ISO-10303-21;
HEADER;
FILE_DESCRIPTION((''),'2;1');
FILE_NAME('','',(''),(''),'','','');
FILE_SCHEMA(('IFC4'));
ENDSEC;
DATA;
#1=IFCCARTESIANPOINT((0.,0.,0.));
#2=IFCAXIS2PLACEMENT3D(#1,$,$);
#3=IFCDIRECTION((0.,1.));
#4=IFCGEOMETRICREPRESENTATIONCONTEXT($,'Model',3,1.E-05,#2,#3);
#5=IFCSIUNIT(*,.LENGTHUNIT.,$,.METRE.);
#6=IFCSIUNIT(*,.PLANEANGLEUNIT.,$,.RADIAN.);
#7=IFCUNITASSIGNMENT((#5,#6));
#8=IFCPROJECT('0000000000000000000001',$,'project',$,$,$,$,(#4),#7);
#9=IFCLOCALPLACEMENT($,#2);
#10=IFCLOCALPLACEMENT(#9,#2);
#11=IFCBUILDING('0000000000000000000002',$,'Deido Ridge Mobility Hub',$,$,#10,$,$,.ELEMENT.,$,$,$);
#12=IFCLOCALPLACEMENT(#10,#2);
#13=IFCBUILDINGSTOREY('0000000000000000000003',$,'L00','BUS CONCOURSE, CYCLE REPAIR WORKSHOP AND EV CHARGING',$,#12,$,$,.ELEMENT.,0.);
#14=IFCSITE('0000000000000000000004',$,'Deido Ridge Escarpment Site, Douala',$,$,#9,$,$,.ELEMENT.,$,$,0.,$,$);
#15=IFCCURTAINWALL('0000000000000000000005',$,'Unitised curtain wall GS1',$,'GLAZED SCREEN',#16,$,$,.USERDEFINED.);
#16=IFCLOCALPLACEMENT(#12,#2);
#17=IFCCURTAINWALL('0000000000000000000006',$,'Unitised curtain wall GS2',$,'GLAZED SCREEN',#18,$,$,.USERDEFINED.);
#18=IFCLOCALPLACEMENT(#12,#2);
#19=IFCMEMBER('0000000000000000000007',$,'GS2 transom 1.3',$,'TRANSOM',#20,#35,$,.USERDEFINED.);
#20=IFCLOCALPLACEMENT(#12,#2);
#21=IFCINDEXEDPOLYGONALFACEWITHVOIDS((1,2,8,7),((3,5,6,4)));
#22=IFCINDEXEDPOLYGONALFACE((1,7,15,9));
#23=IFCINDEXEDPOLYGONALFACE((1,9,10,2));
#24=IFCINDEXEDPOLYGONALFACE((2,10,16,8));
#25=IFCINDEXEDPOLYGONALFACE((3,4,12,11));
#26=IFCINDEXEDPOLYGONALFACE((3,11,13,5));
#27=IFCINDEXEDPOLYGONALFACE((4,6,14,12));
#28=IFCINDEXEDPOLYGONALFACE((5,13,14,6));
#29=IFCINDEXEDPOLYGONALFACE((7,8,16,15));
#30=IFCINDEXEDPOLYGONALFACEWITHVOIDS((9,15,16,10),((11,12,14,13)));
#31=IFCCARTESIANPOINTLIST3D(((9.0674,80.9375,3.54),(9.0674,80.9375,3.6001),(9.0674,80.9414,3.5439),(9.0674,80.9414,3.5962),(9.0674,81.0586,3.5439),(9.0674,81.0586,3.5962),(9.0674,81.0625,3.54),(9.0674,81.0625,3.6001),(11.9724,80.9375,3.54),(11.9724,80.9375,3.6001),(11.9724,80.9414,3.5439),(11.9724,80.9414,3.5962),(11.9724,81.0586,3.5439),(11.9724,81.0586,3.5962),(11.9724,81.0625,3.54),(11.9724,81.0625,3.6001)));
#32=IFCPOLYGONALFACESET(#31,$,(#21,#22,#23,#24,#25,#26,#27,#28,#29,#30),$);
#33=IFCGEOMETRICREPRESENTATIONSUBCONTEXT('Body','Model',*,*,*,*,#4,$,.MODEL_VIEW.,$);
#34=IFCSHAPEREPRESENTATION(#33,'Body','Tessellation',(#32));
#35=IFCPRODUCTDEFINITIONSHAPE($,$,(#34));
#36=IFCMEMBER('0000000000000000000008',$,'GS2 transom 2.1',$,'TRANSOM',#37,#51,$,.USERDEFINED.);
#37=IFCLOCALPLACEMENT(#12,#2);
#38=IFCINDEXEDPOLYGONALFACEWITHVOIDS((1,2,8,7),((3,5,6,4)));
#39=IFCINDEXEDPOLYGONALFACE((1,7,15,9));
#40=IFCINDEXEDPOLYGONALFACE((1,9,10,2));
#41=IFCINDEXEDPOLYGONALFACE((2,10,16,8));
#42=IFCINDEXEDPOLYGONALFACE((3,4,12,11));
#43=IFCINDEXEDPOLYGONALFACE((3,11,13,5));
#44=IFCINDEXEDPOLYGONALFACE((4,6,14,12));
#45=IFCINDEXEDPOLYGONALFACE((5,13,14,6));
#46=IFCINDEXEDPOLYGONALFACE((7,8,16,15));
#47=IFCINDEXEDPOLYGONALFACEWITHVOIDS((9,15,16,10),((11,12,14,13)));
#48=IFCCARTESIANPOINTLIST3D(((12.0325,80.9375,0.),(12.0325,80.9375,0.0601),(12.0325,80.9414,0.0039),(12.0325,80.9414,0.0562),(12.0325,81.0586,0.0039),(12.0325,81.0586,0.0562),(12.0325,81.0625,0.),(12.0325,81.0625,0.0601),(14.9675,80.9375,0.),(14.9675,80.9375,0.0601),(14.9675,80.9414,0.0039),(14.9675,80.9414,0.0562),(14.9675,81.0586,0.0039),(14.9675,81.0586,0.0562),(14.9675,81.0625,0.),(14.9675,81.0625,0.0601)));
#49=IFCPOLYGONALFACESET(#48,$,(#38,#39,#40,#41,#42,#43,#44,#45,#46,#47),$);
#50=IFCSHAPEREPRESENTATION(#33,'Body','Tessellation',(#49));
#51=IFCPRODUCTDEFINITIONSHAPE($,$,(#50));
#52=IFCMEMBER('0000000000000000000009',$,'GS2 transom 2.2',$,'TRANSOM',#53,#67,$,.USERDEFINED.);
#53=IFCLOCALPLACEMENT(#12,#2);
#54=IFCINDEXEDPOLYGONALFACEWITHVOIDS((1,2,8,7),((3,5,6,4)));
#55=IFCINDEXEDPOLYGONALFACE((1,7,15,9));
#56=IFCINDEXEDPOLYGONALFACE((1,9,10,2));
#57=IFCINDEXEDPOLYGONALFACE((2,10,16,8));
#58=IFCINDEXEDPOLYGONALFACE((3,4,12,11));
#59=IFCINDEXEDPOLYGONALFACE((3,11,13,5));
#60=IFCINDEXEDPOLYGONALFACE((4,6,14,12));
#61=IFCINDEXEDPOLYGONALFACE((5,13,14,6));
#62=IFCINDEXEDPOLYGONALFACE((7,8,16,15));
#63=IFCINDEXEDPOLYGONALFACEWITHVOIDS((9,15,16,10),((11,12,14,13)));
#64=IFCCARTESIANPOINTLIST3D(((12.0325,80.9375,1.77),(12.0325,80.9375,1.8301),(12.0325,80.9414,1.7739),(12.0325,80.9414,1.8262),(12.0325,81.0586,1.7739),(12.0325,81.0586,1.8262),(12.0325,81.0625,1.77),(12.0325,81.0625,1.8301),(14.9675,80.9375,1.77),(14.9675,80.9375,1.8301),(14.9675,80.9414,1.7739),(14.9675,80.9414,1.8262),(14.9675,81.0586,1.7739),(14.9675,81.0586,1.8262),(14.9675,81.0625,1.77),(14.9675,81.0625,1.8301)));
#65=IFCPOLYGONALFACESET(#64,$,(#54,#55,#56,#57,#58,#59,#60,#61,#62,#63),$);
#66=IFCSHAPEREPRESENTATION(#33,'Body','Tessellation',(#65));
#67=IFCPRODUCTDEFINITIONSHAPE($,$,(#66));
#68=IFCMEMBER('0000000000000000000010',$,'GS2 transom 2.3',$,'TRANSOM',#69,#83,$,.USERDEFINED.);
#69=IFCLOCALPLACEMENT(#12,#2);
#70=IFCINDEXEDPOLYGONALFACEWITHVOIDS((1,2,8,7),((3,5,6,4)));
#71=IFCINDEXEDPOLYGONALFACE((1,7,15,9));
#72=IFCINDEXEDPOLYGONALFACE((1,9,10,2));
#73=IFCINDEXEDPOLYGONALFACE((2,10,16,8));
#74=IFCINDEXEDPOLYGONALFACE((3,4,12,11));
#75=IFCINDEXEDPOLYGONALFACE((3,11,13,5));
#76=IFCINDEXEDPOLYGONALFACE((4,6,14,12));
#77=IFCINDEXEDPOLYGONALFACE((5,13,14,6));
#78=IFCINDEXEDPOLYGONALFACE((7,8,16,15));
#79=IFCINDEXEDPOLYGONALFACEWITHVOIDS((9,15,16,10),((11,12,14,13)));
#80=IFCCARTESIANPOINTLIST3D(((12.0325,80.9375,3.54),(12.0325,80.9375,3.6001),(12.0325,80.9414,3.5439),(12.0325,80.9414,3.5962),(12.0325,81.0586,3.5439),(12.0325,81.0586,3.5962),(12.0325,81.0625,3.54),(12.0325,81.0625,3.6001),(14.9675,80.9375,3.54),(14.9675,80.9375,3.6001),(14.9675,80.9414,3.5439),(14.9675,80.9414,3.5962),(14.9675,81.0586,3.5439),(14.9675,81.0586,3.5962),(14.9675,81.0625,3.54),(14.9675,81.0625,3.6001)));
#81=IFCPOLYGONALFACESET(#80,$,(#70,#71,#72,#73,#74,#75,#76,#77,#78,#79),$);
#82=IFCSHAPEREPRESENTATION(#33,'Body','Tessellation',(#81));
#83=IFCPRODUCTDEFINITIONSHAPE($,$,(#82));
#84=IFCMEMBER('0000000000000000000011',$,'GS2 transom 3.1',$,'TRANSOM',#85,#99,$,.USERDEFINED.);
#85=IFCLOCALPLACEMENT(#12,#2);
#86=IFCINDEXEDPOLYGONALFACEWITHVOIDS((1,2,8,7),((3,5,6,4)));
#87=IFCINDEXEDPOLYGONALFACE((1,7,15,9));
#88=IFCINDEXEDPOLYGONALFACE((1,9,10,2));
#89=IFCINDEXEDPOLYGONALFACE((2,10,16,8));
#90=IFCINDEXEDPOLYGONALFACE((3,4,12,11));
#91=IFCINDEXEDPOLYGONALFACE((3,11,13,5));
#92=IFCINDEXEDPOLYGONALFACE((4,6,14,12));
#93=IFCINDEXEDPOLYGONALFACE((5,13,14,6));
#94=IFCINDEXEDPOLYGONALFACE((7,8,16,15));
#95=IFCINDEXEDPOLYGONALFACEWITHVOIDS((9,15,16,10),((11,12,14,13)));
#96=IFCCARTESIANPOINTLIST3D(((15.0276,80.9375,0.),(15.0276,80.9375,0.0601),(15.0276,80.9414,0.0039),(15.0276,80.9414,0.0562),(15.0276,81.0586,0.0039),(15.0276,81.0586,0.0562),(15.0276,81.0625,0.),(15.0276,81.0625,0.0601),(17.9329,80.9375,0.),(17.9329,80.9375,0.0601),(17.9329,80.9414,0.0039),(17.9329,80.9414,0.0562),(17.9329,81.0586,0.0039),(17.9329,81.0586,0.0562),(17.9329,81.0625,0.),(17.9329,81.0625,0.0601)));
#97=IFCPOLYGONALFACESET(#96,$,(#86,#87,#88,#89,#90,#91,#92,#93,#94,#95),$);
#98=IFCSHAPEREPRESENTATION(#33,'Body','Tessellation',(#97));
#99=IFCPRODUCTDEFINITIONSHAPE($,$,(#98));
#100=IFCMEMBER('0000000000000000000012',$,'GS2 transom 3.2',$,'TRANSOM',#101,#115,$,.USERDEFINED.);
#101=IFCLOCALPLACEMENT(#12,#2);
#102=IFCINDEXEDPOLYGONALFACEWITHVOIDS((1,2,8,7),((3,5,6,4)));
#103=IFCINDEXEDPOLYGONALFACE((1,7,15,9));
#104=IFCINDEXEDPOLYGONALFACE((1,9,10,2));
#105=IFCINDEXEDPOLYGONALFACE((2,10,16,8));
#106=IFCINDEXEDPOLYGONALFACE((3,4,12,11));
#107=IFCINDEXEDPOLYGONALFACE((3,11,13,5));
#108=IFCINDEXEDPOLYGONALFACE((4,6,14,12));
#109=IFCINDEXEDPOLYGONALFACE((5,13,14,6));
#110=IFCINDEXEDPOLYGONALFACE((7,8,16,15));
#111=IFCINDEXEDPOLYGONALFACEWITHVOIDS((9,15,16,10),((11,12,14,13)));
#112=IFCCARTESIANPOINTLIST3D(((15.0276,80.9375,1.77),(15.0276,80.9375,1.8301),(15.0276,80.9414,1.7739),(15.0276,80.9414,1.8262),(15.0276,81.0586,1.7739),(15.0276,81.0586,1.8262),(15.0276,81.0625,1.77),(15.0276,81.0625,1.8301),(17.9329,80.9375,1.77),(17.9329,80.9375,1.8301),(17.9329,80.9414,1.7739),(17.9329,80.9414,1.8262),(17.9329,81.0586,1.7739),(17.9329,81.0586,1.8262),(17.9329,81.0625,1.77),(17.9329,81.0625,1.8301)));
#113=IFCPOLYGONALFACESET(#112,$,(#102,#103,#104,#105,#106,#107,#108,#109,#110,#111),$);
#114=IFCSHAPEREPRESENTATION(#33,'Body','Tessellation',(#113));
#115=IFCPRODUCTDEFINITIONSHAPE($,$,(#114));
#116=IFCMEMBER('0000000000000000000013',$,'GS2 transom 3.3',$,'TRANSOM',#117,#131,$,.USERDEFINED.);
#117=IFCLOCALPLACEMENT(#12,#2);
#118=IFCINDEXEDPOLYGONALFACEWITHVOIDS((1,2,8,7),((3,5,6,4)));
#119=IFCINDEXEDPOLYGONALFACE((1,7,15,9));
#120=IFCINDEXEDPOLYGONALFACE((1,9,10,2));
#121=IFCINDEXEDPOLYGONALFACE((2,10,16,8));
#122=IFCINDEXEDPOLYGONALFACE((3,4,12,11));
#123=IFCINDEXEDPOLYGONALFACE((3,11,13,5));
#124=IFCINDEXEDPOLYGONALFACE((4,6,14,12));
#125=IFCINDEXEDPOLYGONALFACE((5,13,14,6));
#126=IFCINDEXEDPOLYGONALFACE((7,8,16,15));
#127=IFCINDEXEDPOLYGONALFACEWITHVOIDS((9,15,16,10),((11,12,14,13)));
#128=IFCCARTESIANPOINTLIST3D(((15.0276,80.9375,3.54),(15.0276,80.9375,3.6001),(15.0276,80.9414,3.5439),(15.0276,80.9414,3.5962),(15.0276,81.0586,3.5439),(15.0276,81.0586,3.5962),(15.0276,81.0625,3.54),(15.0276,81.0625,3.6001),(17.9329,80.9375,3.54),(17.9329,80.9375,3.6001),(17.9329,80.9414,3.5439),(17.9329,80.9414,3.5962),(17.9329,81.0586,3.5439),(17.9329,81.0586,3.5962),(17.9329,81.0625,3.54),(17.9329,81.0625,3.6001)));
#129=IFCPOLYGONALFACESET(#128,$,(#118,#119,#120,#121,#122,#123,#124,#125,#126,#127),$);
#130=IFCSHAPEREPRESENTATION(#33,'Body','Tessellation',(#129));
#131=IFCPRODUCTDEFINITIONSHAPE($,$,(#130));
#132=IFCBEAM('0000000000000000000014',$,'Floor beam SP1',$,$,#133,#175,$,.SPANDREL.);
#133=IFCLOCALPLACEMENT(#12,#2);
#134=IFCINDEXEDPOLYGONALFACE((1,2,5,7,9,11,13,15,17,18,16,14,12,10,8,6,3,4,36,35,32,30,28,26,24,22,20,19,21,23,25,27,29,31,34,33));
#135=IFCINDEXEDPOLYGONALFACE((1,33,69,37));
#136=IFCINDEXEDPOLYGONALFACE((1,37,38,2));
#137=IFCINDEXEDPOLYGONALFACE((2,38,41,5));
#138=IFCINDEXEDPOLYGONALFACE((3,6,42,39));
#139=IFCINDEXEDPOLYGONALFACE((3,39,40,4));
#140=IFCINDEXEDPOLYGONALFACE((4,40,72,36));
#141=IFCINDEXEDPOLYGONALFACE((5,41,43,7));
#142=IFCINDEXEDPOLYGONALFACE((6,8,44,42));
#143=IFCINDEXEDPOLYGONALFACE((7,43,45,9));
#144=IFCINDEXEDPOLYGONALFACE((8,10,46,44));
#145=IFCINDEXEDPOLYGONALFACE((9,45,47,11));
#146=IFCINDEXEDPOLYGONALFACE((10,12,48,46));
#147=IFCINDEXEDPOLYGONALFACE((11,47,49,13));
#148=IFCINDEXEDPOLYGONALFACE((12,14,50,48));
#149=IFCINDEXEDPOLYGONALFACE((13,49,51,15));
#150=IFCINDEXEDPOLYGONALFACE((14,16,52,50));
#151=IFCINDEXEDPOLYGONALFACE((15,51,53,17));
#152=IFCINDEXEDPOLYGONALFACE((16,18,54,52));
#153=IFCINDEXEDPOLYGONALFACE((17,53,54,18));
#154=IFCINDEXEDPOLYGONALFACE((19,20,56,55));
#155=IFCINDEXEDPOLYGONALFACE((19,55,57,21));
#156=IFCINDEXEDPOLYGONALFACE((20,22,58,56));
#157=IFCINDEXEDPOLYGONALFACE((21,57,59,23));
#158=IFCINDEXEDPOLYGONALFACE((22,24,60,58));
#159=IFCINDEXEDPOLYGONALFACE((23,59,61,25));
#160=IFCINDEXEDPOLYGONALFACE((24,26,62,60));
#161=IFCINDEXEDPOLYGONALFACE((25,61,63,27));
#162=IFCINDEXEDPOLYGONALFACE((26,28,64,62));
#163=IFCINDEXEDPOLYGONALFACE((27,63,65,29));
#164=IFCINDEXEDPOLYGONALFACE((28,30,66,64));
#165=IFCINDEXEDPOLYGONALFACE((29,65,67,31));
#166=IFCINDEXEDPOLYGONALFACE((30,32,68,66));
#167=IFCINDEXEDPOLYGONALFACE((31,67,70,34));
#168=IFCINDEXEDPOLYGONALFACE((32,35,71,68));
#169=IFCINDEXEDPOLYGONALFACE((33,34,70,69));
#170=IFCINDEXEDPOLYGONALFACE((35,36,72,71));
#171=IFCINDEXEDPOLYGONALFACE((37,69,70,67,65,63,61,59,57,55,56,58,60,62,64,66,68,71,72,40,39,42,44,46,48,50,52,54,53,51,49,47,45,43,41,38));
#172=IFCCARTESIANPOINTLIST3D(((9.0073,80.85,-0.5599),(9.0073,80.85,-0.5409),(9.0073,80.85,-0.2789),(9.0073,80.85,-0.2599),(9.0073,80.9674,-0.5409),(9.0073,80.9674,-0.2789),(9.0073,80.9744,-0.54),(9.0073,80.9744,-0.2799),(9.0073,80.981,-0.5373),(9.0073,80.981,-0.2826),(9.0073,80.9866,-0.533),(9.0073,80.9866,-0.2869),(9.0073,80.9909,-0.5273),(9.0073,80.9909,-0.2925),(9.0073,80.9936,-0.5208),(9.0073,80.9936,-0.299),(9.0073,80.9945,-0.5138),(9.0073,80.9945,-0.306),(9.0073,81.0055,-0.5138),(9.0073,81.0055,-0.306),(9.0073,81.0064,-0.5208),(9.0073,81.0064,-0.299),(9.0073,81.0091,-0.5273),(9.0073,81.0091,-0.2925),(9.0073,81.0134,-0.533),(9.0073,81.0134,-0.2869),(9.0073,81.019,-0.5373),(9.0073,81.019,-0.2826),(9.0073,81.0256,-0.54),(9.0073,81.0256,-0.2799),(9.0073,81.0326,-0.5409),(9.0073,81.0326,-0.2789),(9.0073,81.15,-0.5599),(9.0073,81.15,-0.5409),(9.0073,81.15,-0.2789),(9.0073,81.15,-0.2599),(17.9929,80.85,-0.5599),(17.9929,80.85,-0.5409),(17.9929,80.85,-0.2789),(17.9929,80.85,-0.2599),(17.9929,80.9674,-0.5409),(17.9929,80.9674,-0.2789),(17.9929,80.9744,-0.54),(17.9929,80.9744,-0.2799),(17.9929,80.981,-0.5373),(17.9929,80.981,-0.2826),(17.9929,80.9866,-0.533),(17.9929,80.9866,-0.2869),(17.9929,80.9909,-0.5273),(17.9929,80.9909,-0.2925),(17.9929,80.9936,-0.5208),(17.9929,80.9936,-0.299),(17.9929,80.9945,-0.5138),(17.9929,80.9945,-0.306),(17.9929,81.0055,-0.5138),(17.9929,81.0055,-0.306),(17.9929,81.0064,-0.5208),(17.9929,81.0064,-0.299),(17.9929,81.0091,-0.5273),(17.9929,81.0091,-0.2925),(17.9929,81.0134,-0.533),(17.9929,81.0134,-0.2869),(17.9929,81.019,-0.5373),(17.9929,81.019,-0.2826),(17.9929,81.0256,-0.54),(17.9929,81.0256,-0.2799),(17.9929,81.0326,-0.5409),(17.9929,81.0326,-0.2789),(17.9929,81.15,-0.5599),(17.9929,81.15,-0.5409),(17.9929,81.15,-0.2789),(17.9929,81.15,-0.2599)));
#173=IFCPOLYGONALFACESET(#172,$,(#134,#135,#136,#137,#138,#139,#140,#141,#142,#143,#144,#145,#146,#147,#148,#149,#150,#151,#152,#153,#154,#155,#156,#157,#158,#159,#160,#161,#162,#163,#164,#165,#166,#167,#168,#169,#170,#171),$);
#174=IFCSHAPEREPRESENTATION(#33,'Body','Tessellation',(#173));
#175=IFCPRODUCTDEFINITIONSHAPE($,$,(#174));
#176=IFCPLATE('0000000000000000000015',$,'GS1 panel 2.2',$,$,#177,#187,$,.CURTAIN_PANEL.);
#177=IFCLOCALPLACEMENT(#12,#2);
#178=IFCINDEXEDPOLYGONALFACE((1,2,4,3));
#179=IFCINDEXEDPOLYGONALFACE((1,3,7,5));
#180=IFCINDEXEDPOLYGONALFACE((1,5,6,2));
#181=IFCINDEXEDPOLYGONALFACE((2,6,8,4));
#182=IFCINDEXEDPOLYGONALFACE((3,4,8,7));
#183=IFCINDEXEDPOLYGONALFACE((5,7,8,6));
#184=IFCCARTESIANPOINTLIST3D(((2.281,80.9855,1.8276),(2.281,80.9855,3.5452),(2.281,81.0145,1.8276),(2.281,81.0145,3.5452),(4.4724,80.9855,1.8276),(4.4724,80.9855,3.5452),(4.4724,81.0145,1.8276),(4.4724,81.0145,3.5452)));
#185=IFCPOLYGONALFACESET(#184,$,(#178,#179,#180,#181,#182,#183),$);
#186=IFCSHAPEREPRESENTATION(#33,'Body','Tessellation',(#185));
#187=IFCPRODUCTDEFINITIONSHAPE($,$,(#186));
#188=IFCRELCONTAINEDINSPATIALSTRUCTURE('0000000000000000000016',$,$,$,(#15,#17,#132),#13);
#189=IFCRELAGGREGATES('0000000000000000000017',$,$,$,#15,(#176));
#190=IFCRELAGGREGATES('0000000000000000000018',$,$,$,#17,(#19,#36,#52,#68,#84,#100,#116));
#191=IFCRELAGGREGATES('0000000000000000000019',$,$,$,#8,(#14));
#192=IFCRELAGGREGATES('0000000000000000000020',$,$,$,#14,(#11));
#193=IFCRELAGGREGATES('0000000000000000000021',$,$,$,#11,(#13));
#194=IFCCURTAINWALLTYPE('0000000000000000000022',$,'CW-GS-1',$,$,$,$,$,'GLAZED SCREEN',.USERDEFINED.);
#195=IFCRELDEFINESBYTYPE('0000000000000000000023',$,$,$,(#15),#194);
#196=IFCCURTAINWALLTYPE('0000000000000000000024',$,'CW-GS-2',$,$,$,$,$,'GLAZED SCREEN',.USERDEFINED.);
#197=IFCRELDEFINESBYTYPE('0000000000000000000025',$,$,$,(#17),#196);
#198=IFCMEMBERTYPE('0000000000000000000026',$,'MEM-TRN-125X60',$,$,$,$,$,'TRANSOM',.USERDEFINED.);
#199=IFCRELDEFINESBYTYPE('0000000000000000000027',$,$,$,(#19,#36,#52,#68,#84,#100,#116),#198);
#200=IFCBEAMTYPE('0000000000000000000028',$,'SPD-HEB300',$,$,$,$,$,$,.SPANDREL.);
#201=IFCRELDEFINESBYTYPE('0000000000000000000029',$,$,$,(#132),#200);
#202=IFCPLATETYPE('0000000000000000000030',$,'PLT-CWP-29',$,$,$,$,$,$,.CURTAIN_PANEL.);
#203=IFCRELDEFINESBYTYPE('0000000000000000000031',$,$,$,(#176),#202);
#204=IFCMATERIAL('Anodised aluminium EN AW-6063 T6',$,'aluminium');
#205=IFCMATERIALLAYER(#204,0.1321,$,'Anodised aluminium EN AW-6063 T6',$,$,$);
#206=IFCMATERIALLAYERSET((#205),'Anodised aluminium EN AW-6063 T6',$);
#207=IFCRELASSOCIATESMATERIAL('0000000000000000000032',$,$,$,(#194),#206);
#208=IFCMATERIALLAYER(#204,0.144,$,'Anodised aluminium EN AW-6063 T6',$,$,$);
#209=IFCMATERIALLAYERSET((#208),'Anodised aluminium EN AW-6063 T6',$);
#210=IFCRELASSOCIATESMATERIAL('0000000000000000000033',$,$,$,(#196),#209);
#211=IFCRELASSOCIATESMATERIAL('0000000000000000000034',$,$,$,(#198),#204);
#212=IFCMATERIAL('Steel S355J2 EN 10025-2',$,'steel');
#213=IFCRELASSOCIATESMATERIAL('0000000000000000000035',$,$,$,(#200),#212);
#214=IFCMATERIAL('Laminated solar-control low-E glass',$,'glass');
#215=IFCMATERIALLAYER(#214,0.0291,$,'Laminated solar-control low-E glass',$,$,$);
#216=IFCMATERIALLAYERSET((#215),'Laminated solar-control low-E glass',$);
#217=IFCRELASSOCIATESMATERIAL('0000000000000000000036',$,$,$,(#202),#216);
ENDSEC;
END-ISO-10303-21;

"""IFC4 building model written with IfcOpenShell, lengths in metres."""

from ifc_helpers import new_model, si_unit, direction, frame, origin, origin_2d, place, context, subcontext, project, spatial, rectangle, hollow_rectangle, i_section, extrude, material, layer, layer_set, material_profile, profile_set, type_object, element, aggregate, save


model = new_model("IFC4")

# Units and contexts
model_context = context("Model", 3, precision=1e-05, world=origin(), true_north=direction((0.0, 1.0)))
body_context = subcontext(model_context, "Body", "Model", "MODEL_VIEW")
ifc_project = project(units=[si_unit("LENGTHUNIT", "METRE"), si_unit("PLANEANGLEUNIT", "RADIAN")], contexts=[model_context])

# Site, building, storey
site_placement = place(None, origin())
site = spatial("IfcSite", under=ifc_project, at=site_placement, Name="Deido Ridge Escarpment Site, Douala", CompositionType="ELEMENT", RefElevation=0.0)
building_placement = place(site_placement, origin())
building = spatial("IfcBuilding", under=site, at=building_placement, Name="Deido Ridge Mobility Hub", CompositionType="ELEMENT")
storey_placement = place(building_placement, origin())
storey = spatial("IfcBuildingStorey", under=building, at=storey_placement, Name="L00", Description="BUS CONCOURSE, CYCLE REPAIR WORKSHOP AND EV CHARGING", CompositionType="ELEMENT", Elevation=0.0)

# Shared definitions
ifc_material_1 = material(Name="Steel S355J2 EN 10025-2", Category="steel")

# Curtain walls
ifc_material_2 = material(Name="Anodised aluminium EN AW-6063 T6", Category="aluminium")
ifc_layer_1 = layer(ifc_material_2, 0.1321, Name="Anodised aluminium EN AW-6063 T6")
ifc_layer_set_1 = layer_set([ifc_layer_1], Name="Anodised aluminium EN AW-6063 T6")
curtain_wall_type_1 = type_object("IfcCurtainWallType", Name="CW-GS-1", ElementType="GLAZED SCREEN", PredefinedType="USERDEFINED", material=ifc_layer_set_1)
curtain_wall_1_placement = place(storey_placement, origin())
curtain_wall_1 = element("IfcCurtainWall", 1, at=curtain_wall_1_placement, inside=storey, type_object=curtain_wall_type_1, Name="Unitised curtain wall GS1", ObjectType="GLAZED SCREEN", PredefinedType="USERDEFINED")
ifc_layer_2 = layer(ifc_material_2, 0.144, Name="Anodised aluminium EN AW-6063 T6")
ifc_layer_set_2 = layer_set([ifc_layer_2], Name="Anodised aluminium EN AW-6063 T6")
curtain_wall_type_2 = type_object("IfcCurtainWallType", Name="CW-GS-2", ElementType="GLAZED SCREEN", PredefinedType="USERDEFINED", material=ifc_layer_set_2)
curtain_wall_2_placement = place(storey_placement, origin())
curtain_wall_2 = element("IfcCurtainWall", 2, at=curtain_wall_2_placement, inside=storey, type_object=curtain_wall_type_2, Name="Unitised curtain wall GS2", ObjectType="GLAZED SCREEN", PredefinedType="USERDEFINED")

# Members
ifc_material_profile_1 = material_profile(ifc_material_2, hollow_rectangle(XDim=0.125, YDim=0.0601, WallThickness=0.0039, at=origin_2d()), Name="RHS 125x60x4")
ifc_profile_set_1 = profile_set([ifc_material_profile_1], Name="Anodised aluminium EN AW-6063 T6")
member_type_1 = type_object("IfcMemberType", Name="MEM-TRN-125X60", ElementType="TRANSOM", PredefinedType="USERDEFINED", material=ifc_profile_set_1)
member_1_placement = place(storey_placement, frame((9.0674, 81.0, 3.5701), z_axis=(1.0, 0.0, 0.0), x_axis=(0.0, 1.0, 0.0)))
member_1 = element("IfcMember", 3, at=member_1_placement, type_object=member_type_1, Name="GS2 transom 1.3", ObjectType="TRANSOM", PredefinedType="USERDEFINED", context=body_context, shape_type="SweptSolid", body=[
    extrude(hollow_rectangle(XDim=0.125, YDim=0.0601, WallThickness=0.0039, at=origin_2d()), origin(), (0.0, 0.0, 1.0), 2.905),
])
member_2_placement = place(storey_placement, frame((12.0325, 81.0, 0.03), z_axis=(1.0, 0.0, 0.0), x_axis=(0.0, 1.0, 0.0)))
member_2 = element("IfcMember", 4, at=member_2_placement, type_object=member_type_1, Name="GS2 transom 2.1", ObjectType="TRANSOM", PredefinedType="USERDEFINED", context=body_context, shape_type="SweptSolid", body=[
    extrude(hollow_rectangle(XDim=0.125, YDim=0.0601, WallThickness=0.0039, at=origin_2d()), origin(), (0.0, 0.0, 1.0), 2.9351),
])
member_3_placement = place(storey_placement, frame((12.0325, 81.0, 1.8), z_axis=(1.0, 0.0, 0.0), x_axis=(0.0, 1.0, 0.0)))
member_3 = element("IfcMember", 5, at=member_3_placement, type_object=member_type_1, Name="GS2 transom 2.2", ObjectType="TRANSOM", PredefinedType="USERDEFINED", context=body_context, shape_type="SweptSolid", body=[
    extrude(hollow_rectangle(XDim=0.125, YDim=0.0601, WallThickness=0.0039, at=origin_2d()), origin(), (0.0, 0.0, 1.0), 2.9351),
])
member_4_placement = place(storey_placement, frame((12.0325, 81.0, 3.5701), z_axis=(1.0, 0.0, 0.0), x_axis=(0.0, 1.0, 0.0)))
member_4 = element("IfcMember", 6, at=member_4_placement, type_object=member_type_1, Name="GS2 transom 2.3", ObjectType="TRANSOM", PredefinedType="USERDEFINED", context=body_context, shape_type="SweptSolid", body=[
    extrude(hollow_rectangle(XDim=0.125, YDim=0.0601, WallThickness=0.0039, at=origin_2d()), origin(), (0.0, 0.0, 1.0), 2.9351),
])
member_5_placement = place(storey_placement, frame((15.0276, 81.0, 0.03), z_axis=(1.0, 0.0, 0.0), x_axis=(0.0, 1.0, 0.0)))
member_5 = element("IfcMember", 7, at=member_5_placement, type_object=member_type_1, Name="GS2 transom 3.1", ObjectType="TRANSOM", PredefinedType="USERDEFINED", context=body_context, shape_type="SweptSolid", body=[
    extrude(hollow_rectangle(XDim=0.125, YDim=0.0601, WallThickness=0.0039, at=origin_2d()), origin(), (0.0, 0.0, 1.0), 2.9053),
])
member_6_placement = place(storey_placement, frame((15.0276, 81.0, 1.8), z_axis=(1.0, 0.0, 0.0), x_axis=(0.0, 1.0, 0.0)))
member_6 = element("IfcMember", 8, at=member_6_placement, type_object=member_type_1, Name="GS2 transom 3.2", ObjectType="TRANSOM", PredefinedType="USERDEFINED", context=body_context, shape_type="SweptSolid", body=[
    extrude(hollow_rectangle(XDim=0.125, YDim=0.0601, WallThickness=0.0039, at=origin_2d()), origin(), (0.0, 0.0, 1.0), 2.9053),
])
member_7_placement = place(storey_placement, frame((15.0276, 81.0, 3.5701), z_axis=(1.0, 0.0, 0.0), x_axis=(0.0, 1.0, 0.0)))
member_7 = element("IfcMember", 9, at=member_7_placement, type_object=member_type_1, Name="GS2 transom 3.3", ObjectType="TRANSOM", PredefinedType="USERDEFINED", context=body_context, shape_type="SweptSolid", body=[
    extrude(hollow_rectangle(XDim=0.125, YDim=0.0601, WallThickness=0.0039, at=origin_2d()), origin(), (0.0, 0.0, 1.0), 2.9053),
])

# Beam
ifc_material_profile_2 = material_profile(ifc_material_1, i_section(OverallWidth=0.3, OverallDepth=0.3, WebThickness=0.011, FlangeThickness=0.019, FilletRadius=0.0271, at=origin_2d()), Name="HEB 300")
ifc_profile_set_2 = profile_set([ifc_material_profile_2], Name="Steel S355J2 EN 10025-2")
beam_type_1 = type_object("IfcBeamType", Name="SPD-HEB300", PredefinedType="SPANDREL", material=ifc_profile_set_2)
beam_placement = place(storey_placement, frame((9.0073, 81.0, -0.4099), z_axis=(1.0, 0.0, 0.0), x_axis=(0.0, 1.0, 0.0)))
element("IfcBeam", 10, at=beam_placement, inside=storey, type_object=beam_type_1, Name="Floor beam SP1", PredefinedType="SPANDREL", context=body_context, shape_type="SweptSolid", body=[
    extrude(i_section(OverallWidth=0.3, OverallDepth=0.3, WebThickness=0.011, FlangeThickness=0.019, FilletRadius=0.0271, at=origin_2d()), origin(), (0.0, 0.0, 1.0), 8.9856),
])

# Plate
ifc_material_3 = material(Name="Laminated solar-control low-E glass", Category="glass")
ifc_layer_3 = layer(ifc_material_3, 0.0291, Name="Laminated solar-control low-E glass")
ifc_layer_set_3 = layer_set([ifc_layer_3], Name="Laminated solar-control low-E glass")
plate_type_1 = type_object("IfcPlateType", Name="PLT-CWP-29", PredefinedType="CURTAIN_PANEL", material=ifc_layer_set_3)
plate_1_placement = place(storey_placement, frame((3.3767, 81.0, 1.8276), z_axis=(0.0, 0.0, 1.0), x_axis=(1.0, 0.0, 0.0)))
plate_1 = element("IfcPlate", 11, at=plate_1_placement, type_object=plate_type_1, Name="GS1 panel 2.2", PredefinedType="CURTAIN_PANEL", context=body_context, shape_type="SweptSolid", body=[
    extrude(rectangle(XDim=2.1914, YDim=0.0291, at=origin_2d()), origin(), (0.0, 0.0, 1.0), 1.7175),
])
aggregate(curtain_wall_1, [plate_1])
aggregate(curtain_wall_2, [member_1, member_2, member_3, member_4, member_5, member_6, member_7])

save(model, "model.ifc")
